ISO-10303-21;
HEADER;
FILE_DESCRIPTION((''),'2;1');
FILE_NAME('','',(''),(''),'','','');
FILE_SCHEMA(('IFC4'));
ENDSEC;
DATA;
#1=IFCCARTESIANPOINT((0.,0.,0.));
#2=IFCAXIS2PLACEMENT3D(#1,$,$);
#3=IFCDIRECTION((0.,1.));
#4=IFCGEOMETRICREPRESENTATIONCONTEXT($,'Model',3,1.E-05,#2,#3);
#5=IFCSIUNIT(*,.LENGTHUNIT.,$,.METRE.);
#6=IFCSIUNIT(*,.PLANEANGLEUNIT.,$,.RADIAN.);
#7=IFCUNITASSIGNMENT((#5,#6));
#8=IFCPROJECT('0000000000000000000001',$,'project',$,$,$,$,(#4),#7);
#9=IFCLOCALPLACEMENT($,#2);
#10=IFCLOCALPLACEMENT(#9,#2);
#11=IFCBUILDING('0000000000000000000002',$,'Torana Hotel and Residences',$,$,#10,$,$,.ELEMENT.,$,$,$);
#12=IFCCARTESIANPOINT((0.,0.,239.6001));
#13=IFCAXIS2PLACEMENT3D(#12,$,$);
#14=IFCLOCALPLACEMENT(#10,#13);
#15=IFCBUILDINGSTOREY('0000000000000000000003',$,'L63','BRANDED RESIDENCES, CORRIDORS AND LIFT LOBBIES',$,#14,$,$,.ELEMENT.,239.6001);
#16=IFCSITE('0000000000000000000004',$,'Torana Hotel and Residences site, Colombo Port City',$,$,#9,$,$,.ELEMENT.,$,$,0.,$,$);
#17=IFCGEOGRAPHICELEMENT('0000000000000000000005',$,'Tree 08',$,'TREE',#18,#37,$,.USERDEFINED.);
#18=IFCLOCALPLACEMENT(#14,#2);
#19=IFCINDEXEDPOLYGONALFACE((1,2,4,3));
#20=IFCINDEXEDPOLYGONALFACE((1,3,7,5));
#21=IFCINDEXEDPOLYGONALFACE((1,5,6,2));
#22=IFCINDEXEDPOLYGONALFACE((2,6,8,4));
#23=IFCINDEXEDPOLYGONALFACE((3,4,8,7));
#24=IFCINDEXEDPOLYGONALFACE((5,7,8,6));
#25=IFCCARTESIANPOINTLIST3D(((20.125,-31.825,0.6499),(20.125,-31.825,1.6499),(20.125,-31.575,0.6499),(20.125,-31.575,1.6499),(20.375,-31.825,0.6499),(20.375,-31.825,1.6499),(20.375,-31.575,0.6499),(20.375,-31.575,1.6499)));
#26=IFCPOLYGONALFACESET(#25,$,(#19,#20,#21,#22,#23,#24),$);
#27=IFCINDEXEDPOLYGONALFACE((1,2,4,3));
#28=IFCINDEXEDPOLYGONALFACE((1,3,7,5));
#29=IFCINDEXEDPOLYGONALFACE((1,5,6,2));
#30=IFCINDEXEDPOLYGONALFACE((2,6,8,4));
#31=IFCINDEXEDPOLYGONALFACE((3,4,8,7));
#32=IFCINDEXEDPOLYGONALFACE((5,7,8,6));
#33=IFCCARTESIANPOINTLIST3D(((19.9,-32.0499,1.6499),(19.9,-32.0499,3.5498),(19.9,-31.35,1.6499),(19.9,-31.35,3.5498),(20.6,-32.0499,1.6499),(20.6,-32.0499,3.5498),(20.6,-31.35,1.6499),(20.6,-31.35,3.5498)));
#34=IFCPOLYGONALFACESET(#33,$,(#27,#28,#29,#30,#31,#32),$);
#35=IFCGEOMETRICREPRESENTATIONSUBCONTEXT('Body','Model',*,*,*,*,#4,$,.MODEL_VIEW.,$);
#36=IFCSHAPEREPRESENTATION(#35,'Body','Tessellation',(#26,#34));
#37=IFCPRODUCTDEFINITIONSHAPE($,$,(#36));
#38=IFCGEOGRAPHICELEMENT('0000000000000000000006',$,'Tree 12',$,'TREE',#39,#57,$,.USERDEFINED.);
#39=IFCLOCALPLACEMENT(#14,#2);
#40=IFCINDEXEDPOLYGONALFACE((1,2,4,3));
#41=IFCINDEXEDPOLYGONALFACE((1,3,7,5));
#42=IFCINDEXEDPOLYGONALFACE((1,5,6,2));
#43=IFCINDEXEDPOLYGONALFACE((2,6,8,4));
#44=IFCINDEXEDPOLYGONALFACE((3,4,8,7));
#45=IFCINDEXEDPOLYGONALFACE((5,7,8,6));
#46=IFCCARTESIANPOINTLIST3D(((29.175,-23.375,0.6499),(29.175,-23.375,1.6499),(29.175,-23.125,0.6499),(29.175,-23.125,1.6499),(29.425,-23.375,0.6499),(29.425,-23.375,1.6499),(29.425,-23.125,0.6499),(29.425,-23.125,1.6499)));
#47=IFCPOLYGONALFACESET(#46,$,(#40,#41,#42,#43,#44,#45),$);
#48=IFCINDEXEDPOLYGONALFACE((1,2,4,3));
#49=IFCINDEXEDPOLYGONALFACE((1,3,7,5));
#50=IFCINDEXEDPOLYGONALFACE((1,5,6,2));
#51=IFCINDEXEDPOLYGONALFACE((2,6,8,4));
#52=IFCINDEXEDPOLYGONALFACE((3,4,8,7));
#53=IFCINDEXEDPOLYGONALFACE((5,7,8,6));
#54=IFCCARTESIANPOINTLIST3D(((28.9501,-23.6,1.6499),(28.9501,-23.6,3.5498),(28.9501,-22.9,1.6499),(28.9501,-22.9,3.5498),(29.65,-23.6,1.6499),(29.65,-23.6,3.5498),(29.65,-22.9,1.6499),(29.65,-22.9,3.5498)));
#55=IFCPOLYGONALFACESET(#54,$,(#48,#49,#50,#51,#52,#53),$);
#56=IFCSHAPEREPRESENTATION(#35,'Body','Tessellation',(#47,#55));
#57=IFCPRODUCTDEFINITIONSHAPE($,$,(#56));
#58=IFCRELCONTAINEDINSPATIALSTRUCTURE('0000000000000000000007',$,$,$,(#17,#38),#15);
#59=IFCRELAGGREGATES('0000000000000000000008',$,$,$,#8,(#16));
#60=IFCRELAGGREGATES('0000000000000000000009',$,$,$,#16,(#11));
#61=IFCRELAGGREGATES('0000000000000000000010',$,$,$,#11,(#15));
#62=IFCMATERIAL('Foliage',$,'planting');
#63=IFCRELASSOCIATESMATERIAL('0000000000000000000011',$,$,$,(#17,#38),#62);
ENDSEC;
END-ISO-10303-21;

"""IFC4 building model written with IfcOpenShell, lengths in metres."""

from ifc_helpers import new_model, si_unit, direction, frame, origin, origin_2d, place, context, subcontext, project, spatial, rectangle, extrude, material, element, save


model = new_model("IFC4")

# Units and contexts
model_context = context("Model", 3, precision=1e-05, world=origin(), true_north=direction((0.0, 1.0)))
body_context = subcontext(model_context, "Body", "Model", "MODEL_VIEW")
ifc_project = project(units=[si_unit("LENGTHUNIT", "METRE"), si_unit("PLANEANGLEUNIT", "RADIAN")], contexts=[model_context])

# Site, building, storey
site_placement = place(None, origin())
site = spatial("IfcSite", under=ifc_project, at=site_placement, Name="Torana Hotel and Residences site, Colombo Port City", CompositionType="ELEMENT", RefElevation=0.0)
building_placement = place(site_placement, origin())
building = spatial("IfcBuilding", under=site, at=building_placement, Name="Torana Hotel and Residences", CompositionType="ELEMENT")
storey_placement = place(building_placement, frame((0.0, 0.0, 239.6001)))
storey = spatial("IfcBuildingStorey", under=building, at=storey_placement, Name="L63", Description="BRANDED RESIDENCES, CORRIDORS AND LIFT LOBBIES", CompositionType="ELEMENT", Elevation=239.6001)

# Geographic elements
ifc_material_1 = material(Name="Foliage", Category="planting")
for number, where, z_axis, x_axis, name in (
    (1, (20.25, -31.7, 0.6499), (0.0, 0.0, 1.0), (1.0, 0.0, 0.0), "Tree 08"),
    (2, (29.3, -23.25, 0.6499), (0.0, 0.0, 1.0), (1.0, 0.0, 0.0), "Tree 12"),
):
    element("IfcGeographicElement", number, at=place(storey_placement, frame(where, z_axis=z_axis, x_axis=x_axis)), inside=storey, material=ifc_material_1, Name=name, ObjectType="TREE", PredefinedType="USERDEFINED", context=body_context, shape_type="SweptSolid", body=[
        extrude(rectangle(XDim=0.25, YDim=0.25, at=origin_2d()), origin(), (0.0, 0.0, 1.0), 1.0),
        extrude(rectangle(XDim=0.7, YDim=0.7, at=origin_2d()), frame((0.0, 0.0, 1.0)), (0.0, 0.0, 1.0), 1.8999),
    ])

save(model, "model.ifc")
